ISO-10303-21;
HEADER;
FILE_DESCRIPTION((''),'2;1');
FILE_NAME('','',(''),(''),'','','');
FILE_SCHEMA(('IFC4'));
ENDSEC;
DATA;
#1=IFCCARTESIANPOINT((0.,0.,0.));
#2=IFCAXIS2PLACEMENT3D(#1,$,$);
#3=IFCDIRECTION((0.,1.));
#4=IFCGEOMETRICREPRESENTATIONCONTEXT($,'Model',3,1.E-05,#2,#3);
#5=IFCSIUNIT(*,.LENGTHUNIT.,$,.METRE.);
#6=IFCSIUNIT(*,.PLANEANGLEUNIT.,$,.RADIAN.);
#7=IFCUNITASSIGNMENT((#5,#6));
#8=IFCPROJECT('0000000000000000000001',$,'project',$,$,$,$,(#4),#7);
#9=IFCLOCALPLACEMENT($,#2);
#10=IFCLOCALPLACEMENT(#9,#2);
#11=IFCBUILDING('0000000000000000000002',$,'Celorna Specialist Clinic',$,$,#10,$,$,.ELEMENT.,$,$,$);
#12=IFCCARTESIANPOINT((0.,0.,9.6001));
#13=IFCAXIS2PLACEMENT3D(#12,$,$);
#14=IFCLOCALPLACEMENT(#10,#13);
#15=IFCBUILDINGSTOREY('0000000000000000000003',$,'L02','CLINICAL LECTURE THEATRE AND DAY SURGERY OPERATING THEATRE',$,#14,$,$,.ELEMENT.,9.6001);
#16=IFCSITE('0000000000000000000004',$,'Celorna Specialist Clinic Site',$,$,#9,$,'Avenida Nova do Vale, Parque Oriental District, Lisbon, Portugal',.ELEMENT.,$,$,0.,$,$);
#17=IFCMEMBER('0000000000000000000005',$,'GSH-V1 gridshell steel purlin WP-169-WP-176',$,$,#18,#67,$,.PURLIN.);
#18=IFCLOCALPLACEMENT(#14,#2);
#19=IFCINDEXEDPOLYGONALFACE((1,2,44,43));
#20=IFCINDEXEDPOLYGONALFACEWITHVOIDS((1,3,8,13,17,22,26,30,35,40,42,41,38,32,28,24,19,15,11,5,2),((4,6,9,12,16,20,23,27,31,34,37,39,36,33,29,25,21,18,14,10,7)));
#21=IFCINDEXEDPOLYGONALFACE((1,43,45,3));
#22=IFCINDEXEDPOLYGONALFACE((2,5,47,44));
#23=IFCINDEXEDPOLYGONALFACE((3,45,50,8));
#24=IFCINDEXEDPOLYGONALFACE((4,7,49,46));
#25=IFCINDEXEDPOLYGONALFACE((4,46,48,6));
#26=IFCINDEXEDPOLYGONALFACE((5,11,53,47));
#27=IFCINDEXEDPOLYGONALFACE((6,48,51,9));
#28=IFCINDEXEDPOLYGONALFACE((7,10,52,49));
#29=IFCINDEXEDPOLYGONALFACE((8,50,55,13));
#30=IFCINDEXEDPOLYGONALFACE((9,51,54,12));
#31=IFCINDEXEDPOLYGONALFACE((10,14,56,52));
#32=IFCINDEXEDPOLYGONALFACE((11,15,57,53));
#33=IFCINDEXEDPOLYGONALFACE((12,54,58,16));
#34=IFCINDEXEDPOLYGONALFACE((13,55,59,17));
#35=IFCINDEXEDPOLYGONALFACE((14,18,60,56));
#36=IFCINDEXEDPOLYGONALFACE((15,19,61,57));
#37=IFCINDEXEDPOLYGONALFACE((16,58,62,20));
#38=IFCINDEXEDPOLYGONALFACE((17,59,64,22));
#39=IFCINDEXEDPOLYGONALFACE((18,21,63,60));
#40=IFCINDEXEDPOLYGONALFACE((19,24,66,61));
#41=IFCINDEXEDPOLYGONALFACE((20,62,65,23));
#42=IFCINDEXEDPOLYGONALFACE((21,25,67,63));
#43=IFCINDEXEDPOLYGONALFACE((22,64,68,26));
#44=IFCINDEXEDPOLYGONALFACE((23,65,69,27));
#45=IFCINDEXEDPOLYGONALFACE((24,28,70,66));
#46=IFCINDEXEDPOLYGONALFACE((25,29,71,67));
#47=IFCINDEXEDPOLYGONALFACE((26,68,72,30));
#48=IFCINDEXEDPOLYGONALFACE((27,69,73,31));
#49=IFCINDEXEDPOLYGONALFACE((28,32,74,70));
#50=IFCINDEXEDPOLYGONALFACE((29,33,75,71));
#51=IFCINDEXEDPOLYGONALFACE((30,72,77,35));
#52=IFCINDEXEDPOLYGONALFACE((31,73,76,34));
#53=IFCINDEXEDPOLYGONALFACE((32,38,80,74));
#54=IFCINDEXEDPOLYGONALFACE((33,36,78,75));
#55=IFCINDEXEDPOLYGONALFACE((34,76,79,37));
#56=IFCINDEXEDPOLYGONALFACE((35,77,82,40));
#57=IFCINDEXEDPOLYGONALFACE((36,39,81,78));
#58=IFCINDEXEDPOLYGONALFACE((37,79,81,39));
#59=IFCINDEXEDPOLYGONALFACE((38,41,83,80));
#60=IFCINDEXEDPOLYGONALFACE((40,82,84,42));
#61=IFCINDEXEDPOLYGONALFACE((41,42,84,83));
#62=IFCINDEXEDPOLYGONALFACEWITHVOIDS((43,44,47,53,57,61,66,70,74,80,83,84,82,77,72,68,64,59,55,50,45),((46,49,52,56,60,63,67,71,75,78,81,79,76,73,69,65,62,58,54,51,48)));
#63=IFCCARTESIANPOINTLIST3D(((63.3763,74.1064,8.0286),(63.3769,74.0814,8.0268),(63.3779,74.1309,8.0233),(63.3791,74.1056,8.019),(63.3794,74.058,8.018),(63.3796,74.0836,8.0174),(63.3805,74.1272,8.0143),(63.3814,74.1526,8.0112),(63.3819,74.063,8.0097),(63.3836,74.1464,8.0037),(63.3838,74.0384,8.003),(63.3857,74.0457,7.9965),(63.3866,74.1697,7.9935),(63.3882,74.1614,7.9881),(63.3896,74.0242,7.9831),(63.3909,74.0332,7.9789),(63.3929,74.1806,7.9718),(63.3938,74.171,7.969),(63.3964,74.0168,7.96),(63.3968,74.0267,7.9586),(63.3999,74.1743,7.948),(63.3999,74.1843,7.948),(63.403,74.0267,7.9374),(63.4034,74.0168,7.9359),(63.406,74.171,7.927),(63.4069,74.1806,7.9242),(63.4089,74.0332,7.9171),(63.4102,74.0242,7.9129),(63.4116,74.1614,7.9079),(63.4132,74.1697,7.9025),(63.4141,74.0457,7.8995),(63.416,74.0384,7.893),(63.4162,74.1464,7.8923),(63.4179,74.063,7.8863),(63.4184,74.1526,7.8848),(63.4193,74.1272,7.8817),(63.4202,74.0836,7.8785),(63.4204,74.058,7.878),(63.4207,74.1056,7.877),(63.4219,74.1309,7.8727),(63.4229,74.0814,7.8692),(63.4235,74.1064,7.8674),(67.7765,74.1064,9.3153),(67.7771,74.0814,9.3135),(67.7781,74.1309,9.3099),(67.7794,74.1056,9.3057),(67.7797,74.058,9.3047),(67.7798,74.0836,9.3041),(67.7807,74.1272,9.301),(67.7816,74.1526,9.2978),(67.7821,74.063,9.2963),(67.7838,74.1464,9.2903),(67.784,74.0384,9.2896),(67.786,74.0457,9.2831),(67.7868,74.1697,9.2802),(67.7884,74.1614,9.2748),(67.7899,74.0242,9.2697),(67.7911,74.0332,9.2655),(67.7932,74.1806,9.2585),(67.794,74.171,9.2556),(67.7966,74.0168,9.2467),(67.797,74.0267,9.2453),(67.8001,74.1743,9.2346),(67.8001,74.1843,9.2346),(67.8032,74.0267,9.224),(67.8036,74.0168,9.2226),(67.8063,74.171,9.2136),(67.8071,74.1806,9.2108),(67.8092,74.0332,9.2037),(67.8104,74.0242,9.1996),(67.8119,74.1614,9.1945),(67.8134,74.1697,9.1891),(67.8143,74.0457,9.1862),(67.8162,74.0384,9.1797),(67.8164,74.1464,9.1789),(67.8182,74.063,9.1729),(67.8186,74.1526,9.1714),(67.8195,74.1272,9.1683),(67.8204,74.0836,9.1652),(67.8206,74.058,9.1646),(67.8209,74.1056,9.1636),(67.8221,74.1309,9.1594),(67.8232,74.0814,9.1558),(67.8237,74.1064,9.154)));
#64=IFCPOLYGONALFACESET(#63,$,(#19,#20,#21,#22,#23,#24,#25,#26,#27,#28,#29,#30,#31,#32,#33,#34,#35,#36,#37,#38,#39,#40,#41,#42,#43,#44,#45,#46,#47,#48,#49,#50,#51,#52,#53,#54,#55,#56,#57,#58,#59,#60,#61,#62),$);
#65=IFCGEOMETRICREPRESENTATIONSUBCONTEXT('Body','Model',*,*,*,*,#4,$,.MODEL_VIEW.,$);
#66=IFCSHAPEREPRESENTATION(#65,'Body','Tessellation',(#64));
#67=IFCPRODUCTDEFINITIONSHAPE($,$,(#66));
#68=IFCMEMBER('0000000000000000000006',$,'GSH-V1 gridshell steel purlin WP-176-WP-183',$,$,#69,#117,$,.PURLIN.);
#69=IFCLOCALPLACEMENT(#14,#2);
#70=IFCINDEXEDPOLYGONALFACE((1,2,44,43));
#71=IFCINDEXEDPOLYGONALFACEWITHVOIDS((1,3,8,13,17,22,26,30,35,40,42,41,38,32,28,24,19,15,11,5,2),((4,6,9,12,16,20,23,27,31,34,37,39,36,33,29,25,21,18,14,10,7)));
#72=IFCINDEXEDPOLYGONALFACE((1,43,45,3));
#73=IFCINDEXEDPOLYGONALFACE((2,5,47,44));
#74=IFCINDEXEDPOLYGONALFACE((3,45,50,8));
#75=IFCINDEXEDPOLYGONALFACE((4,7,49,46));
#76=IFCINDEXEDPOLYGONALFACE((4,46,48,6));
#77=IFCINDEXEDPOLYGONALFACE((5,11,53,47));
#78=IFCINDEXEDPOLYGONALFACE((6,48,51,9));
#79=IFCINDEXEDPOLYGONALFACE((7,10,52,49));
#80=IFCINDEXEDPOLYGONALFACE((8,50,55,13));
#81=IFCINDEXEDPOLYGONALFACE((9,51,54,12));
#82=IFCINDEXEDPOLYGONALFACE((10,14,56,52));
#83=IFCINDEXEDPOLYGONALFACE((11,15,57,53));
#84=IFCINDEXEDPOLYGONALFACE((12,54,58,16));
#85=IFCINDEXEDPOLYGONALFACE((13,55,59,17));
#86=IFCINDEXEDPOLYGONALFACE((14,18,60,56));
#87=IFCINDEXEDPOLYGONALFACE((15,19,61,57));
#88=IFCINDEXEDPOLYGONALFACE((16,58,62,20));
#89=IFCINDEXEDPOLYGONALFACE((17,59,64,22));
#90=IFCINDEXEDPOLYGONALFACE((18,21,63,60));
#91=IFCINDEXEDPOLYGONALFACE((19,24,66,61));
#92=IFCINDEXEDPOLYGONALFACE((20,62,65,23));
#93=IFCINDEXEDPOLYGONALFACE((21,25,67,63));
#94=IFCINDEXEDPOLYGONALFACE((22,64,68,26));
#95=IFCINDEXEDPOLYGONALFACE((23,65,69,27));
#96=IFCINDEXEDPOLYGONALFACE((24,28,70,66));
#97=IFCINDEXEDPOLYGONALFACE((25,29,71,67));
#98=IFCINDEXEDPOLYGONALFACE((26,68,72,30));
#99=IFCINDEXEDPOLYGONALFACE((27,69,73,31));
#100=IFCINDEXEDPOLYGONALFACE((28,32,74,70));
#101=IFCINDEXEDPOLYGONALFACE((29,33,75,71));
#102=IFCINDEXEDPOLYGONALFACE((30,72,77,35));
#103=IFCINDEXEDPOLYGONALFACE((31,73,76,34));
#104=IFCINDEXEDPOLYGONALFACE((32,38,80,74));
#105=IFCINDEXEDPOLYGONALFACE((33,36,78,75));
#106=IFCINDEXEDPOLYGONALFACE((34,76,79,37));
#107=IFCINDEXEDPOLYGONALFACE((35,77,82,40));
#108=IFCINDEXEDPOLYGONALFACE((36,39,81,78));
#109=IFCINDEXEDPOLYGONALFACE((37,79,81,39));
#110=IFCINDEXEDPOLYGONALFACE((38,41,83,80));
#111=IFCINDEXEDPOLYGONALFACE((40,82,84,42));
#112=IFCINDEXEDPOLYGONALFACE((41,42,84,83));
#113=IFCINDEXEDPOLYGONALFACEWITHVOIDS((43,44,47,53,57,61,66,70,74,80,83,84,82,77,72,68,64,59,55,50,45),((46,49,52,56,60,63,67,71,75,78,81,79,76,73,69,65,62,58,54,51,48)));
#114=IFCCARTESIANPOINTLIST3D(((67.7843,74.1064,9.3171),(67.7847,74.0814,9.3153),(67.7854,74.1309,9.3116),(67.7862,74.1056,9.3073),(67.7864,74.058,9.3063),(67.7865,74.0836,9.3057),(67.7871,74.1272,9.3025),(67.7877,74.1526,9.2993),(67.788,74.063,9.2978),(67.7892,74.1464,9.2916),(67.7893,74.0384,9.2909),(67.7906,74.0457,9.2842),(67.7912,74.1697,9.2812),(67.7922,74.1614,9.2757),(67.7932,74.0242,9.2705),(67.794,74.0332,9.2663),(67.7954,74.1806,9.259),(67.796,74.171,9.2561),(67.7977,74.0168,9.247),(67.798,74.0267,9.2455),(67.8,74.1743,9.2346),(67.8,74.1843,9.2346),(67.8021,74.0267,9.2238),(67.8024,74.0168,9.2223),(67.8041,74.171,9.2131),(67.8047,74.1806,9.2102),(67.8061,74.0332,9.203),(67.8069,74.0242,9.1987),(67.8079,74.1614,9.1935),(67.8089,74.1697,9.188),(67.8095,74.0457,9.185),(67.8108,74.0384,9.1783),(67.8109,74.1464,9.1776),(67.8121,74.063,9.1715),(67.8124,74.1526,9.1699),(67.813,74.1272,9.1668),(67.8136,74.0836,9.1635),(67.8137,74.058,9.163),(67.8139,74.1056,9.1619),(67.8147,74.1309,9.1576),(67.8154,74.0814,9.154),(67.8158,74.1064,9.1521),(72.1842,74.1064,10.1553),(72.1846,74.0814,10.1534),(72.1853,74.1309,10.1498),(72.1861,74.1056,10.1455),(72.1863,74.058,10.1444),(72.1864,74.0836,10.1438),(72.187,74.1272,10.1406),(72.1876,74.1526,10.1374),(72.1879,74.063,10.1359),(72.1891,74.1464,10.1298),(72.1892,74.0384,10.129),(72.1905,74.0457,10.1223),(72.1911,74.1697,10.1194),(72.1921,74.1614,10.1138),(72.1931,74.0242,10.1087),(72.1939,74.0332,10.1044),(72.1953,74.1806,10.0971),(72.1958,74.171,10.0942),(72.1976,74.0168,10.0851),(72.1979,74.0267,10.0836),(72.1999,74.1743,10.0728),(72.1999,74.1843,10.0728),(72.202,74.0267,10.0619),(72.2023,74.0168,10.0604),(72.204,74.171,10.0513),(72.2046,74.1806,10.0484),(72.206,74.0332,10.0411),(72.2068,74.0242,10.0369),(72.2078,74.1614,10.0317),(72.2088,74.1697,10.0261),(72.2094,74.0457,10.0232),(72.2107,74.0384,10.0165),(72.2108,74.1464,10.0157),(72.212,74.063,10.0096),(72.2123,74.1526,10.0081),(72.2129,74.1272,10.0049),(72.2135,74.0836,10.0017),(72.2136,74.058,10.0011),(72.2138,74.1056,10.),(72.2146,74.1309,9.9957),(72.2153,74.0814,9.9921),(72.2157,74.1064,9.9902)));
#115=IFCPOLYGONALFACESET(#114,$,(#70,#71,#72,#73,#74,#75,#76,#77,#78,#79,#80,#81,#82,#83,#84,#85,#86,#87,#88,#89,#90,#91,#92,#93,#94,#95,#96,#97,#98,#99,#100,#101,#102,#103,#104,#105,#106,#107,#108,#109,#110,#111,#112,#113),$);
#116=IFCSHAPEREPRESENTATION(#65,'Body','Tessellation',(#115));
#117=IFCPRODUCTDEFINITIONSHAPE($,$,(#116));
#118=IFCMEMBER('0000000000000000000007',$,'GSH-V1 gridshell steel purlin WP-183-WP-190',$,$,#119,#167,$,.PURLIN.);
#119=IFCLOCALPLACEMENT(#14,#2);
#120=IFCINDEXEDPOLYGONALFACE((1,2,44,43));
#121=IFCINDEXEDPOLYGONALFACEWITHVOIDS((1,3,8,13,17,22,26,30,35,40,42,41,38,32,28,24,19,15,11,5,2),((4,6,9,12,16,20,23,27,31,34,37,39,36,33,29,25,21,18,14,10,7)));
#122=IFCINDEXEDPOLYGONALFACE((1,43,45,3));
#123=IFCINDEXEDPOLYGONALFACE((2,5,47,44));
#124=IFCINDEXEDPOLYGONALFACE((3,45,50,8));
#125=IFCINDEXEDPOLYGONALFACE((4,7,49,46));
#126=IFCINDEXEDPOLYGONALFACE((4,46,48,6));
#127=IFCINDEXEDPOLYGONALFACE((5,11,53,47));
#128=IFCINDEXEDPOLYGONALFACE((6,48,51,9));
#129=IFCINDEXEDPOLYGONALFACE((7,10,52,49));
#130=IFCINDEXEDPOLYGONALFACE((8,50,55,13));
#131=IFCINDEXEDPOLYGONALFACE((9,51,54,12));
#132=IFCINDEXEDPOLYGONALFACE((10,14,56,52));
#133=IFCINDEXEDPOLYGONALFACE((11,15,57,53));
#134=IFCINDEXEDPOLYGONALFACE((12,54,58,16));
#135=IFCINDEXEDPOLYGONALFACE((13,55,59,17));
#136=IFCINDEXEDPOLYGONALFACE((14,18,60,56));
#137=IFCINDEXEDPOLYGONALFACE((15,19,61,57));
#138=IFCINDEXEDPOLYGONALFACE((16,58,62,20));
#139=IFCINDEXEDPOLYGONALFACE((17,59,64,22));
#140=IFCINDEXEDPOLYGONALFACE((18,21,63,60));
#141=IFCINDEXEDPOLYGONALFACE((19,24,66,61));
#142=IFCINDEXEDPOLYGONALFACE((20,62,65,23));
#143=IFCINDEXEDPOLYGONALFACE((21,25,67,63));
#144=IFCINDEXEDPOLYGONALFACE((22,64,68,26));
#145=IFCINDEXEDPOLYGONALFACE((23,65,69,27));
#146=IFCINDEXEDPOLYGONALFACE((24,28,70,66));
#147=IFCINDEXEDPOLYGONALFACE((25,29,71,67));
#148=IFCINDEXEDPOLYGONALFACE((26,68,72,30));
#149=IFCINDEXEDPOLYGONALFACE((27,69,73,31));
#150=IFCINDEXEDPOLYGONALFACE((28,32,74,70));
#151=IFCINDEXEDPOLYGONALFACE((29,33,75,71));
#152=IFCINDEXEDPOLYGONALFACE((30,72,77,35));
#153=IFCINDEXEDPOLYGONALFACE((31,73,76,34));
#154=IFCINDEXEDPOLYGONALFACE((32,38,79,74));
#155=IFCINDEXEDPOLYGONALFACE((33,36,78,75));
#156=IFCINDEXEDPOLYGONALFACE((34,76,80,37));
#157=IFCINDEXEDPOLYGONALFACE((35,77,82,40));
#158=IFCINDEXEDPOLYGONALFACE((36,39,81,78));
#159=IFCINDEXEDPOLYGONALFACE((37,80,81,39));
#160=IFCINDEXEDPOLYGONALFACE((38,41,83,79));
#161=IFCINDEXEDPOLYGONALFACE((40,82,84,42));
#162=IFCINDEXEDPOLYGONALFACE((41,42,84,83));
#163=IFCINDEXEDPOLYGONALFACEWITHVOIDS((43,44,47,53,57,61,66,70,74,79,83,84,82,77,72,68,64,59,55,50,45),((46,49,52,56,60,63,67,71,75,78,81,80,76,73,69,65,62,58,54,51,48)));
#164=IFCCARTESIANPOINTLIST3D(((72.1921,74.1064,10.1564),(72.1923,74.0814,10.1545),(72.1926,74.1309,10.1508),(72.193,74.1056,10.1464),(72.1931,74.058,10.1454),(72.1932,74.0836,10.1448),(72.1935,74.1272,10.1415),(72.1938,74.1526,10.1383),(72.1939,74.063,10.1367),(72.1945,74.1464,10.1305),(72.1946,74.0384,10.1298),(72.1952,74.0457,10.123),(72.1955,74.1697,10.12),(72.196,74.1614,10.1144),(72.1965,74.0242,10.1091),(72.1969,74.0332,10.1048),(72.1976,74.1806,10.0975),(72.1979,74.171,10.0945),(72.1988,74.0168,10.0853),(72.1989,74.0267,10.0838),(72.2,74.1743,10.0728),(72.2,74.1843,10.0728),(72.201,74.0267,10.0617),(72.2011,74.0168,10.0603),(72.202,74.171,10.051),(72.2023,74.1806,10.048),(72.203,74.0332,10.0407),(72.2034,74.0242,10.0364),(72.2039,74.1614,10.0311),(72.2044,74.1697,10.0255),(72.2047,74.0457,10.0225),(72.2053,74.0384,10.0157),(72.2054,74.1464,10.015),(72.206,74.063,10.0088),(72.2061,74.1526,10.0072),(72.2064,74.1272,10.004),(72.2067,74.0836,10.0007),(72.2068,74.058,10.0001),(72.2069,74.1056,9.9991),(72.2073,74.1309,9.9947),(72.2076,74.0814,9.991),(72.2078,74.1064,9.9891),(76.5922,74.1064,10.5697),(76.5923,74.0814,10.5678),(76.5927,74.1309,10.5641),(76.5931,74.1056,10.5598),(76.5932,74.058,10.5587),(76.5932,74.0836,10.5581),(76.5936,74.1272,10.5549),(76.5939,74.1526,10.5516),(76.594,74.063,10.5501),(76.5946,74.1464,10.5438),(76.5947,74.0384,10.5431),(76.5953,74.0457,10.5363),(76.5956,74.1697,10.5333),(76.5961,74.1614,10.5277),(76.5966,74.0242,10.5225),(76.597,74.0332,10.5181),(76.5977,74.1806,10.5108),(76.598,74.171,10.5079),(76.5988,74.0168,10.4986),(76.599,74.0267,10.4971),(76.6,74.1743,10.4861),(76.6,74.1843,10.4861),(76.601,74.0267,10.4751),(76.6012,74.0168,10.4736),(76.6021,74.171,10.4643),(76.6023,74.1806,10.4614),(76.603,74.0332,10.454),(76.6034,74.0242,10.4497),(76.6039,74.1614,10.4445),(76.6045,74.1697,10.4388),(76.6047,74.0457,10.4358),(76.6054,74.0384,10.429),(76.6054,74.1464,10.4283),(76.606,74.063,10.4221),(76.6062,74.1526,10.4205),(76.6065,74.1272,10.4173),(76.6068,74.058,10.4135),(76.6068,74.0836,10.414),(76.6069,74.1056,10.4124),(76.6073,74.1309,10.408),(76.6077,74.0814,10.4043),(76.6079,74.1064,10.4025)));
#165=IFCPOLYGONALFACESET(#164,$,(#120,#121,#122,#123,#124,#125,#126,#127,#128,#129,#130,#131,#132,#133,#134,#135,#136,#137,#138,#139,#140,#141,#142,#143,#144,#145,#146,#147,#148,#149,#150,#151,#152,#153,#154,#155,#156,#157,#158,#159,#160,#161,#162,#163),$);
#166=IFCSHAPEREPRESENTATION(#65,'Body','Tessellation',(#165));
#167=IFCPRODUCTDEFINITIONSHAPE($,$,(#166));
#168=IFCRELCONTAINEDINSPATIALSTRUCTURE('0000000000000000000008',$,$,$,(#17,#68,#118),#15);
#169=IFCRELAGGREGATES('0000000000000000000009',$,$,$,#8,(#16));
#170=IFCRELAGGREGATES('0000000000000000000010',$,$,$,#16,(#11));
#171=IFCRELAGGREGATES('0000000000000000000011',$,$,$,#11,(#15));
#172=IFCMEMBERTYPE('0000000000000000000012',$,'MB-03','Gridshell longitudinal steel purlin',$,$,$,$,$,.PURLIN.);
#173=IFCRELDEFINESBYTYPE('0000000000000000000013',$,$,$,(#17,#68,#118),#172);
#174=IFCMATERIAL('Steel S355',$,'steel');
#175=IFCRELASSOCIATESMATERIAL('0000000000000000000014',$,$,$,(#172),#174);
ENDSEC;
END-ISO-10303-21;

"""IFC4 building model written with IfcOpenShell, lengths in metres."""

from ifc_helpers import new_model, si_unit, direction, frame, origin, origin_2d, place, context, subcontext, project, spatial, hollow_circle, extrude, material, material_profile, profile_set, type_object, element, save


model = new_model("IFC4")

# Units and contexts
model_context = context("Model", 3, precision=1e-05, world=origin(), true_north=direction((0.0, 1.0)))
body_context = subcontext(model_context, "Body", "Model", "MODEL_VIEW")
ifc_project = project(units=[si_unit("LENGTHUNIT", "METRE"), si_unit("PLANEANGLEUNIT", "RADIAN")], contexts=[model_context])

# Site, building, storey
site_placement = place(None, origin())
site = spatial("IfcSite", under=ifc_project, at=site_placement, Name="Celorna Specialist Clinic Site", LongName="Avenida Nova do Vale, Parque Oriental District, Lisbon, Portugal", CompositionType="ELEMENT", RefElevation=0.0)
building_placement = place(site_placement, origin())
building = spatial("IfcBuilding", under=site, at=building_placement, Name="Celorna Specialist Clinic", CompositionType="ELEMENT")
storey_placement = place(building_placement, frame((0.0, 0.0, 9.6001)))
storey = spatial("IfcBuildingStorey", under=building, at=storey_placement, Name="L02", Description="CLINICAL LECTURE THEATRE AND DAY SURGERY OPERATING THEATRE", CompositionType="ELEMENT", Elevation=9.6001)

# Shared definitions
ifc_material_1 = material(Name="Steel S355", Category="steel")

# Members
ifc_material_profile_1 = material_profile(ifc_material_1, hollow_circle(Radius=0.0842, WallThickness=0.01, at=origin_2d()), Name="CHS 168.3x10")
ifc_profile_set_1 = profile_set([ifc_material_profile_1], Name="Steel S355")
member_type_1 = type_object("IfcMemberType", Name="MB-03", Description="Gridshell longitudinal steel purlin", PredefinedType="PURLIN", material=ifc_profile_set_1)
member_1_placement = place(storey_placement, frame((63.3999, 74.1001, 7.948), z_axis=(0.95981, 0.0, 0.280652), x_axis=(0.0, 1.0, 0.0)))
element("IfcMember", 1, at=member_1_placement, inside=storey, type_object=member_type_1, Name="GSH-V1 gridshell steel purlin WP-169-WP-176", PredefinedType="PURLIN", context=body_context, shape_type="SweptSolid", body=[
    extrude(hollow_circle(Radius=0.0842, WallThickness=0.01, at=origin_2d()), origin(), (0.0, 0.0, 1.0), 4.5845),
])
member_2_placement = place(storey_placement, frame((67.8, 74.1001, 9.2346), z_axis=(0.982336, 0.0, 0.187125), x_axis=(0.0, 1.0, 0.0)))
element("IfcMember", 2, at=member_2_placement, inside=storey, type_object=member_type_1, Name="GSH-V1 gridshell steel purlin WP-176-WP-183", PredefinedType="PURLIN", context=body_context, shape_type="SweptSolid", body=[
    extrude(hollow_circle(Radius=0.0842, WallThickness=0.01, at=origin_2d()), origin(), (0.0, 0.0, 1.0), 4.479),
])
member_3_placement = place(storey_placement, frame((72.2, 74.1001, 10.0728), z_axis=(0.995617, 0.0, 0.093524), x_axis=(0.0, 1.0, 0.0)))
element("IfcMember", 3, at=member_3_placement, inside=storey, type_object=member_type_1, Name="GSH-V1 gridshell steel purlin WP-183-WP-190", PredefinedType="PURLIN", context=body_context, shape_type="SweptSolid", body=[
    extrude(hollow_circle(Radius=0.0842, WallThickness=0.01, at=origin_2d()), origin(), (0.0, 0.0, 1.0), 4.4194),
])

save(model, "model.ifc")
